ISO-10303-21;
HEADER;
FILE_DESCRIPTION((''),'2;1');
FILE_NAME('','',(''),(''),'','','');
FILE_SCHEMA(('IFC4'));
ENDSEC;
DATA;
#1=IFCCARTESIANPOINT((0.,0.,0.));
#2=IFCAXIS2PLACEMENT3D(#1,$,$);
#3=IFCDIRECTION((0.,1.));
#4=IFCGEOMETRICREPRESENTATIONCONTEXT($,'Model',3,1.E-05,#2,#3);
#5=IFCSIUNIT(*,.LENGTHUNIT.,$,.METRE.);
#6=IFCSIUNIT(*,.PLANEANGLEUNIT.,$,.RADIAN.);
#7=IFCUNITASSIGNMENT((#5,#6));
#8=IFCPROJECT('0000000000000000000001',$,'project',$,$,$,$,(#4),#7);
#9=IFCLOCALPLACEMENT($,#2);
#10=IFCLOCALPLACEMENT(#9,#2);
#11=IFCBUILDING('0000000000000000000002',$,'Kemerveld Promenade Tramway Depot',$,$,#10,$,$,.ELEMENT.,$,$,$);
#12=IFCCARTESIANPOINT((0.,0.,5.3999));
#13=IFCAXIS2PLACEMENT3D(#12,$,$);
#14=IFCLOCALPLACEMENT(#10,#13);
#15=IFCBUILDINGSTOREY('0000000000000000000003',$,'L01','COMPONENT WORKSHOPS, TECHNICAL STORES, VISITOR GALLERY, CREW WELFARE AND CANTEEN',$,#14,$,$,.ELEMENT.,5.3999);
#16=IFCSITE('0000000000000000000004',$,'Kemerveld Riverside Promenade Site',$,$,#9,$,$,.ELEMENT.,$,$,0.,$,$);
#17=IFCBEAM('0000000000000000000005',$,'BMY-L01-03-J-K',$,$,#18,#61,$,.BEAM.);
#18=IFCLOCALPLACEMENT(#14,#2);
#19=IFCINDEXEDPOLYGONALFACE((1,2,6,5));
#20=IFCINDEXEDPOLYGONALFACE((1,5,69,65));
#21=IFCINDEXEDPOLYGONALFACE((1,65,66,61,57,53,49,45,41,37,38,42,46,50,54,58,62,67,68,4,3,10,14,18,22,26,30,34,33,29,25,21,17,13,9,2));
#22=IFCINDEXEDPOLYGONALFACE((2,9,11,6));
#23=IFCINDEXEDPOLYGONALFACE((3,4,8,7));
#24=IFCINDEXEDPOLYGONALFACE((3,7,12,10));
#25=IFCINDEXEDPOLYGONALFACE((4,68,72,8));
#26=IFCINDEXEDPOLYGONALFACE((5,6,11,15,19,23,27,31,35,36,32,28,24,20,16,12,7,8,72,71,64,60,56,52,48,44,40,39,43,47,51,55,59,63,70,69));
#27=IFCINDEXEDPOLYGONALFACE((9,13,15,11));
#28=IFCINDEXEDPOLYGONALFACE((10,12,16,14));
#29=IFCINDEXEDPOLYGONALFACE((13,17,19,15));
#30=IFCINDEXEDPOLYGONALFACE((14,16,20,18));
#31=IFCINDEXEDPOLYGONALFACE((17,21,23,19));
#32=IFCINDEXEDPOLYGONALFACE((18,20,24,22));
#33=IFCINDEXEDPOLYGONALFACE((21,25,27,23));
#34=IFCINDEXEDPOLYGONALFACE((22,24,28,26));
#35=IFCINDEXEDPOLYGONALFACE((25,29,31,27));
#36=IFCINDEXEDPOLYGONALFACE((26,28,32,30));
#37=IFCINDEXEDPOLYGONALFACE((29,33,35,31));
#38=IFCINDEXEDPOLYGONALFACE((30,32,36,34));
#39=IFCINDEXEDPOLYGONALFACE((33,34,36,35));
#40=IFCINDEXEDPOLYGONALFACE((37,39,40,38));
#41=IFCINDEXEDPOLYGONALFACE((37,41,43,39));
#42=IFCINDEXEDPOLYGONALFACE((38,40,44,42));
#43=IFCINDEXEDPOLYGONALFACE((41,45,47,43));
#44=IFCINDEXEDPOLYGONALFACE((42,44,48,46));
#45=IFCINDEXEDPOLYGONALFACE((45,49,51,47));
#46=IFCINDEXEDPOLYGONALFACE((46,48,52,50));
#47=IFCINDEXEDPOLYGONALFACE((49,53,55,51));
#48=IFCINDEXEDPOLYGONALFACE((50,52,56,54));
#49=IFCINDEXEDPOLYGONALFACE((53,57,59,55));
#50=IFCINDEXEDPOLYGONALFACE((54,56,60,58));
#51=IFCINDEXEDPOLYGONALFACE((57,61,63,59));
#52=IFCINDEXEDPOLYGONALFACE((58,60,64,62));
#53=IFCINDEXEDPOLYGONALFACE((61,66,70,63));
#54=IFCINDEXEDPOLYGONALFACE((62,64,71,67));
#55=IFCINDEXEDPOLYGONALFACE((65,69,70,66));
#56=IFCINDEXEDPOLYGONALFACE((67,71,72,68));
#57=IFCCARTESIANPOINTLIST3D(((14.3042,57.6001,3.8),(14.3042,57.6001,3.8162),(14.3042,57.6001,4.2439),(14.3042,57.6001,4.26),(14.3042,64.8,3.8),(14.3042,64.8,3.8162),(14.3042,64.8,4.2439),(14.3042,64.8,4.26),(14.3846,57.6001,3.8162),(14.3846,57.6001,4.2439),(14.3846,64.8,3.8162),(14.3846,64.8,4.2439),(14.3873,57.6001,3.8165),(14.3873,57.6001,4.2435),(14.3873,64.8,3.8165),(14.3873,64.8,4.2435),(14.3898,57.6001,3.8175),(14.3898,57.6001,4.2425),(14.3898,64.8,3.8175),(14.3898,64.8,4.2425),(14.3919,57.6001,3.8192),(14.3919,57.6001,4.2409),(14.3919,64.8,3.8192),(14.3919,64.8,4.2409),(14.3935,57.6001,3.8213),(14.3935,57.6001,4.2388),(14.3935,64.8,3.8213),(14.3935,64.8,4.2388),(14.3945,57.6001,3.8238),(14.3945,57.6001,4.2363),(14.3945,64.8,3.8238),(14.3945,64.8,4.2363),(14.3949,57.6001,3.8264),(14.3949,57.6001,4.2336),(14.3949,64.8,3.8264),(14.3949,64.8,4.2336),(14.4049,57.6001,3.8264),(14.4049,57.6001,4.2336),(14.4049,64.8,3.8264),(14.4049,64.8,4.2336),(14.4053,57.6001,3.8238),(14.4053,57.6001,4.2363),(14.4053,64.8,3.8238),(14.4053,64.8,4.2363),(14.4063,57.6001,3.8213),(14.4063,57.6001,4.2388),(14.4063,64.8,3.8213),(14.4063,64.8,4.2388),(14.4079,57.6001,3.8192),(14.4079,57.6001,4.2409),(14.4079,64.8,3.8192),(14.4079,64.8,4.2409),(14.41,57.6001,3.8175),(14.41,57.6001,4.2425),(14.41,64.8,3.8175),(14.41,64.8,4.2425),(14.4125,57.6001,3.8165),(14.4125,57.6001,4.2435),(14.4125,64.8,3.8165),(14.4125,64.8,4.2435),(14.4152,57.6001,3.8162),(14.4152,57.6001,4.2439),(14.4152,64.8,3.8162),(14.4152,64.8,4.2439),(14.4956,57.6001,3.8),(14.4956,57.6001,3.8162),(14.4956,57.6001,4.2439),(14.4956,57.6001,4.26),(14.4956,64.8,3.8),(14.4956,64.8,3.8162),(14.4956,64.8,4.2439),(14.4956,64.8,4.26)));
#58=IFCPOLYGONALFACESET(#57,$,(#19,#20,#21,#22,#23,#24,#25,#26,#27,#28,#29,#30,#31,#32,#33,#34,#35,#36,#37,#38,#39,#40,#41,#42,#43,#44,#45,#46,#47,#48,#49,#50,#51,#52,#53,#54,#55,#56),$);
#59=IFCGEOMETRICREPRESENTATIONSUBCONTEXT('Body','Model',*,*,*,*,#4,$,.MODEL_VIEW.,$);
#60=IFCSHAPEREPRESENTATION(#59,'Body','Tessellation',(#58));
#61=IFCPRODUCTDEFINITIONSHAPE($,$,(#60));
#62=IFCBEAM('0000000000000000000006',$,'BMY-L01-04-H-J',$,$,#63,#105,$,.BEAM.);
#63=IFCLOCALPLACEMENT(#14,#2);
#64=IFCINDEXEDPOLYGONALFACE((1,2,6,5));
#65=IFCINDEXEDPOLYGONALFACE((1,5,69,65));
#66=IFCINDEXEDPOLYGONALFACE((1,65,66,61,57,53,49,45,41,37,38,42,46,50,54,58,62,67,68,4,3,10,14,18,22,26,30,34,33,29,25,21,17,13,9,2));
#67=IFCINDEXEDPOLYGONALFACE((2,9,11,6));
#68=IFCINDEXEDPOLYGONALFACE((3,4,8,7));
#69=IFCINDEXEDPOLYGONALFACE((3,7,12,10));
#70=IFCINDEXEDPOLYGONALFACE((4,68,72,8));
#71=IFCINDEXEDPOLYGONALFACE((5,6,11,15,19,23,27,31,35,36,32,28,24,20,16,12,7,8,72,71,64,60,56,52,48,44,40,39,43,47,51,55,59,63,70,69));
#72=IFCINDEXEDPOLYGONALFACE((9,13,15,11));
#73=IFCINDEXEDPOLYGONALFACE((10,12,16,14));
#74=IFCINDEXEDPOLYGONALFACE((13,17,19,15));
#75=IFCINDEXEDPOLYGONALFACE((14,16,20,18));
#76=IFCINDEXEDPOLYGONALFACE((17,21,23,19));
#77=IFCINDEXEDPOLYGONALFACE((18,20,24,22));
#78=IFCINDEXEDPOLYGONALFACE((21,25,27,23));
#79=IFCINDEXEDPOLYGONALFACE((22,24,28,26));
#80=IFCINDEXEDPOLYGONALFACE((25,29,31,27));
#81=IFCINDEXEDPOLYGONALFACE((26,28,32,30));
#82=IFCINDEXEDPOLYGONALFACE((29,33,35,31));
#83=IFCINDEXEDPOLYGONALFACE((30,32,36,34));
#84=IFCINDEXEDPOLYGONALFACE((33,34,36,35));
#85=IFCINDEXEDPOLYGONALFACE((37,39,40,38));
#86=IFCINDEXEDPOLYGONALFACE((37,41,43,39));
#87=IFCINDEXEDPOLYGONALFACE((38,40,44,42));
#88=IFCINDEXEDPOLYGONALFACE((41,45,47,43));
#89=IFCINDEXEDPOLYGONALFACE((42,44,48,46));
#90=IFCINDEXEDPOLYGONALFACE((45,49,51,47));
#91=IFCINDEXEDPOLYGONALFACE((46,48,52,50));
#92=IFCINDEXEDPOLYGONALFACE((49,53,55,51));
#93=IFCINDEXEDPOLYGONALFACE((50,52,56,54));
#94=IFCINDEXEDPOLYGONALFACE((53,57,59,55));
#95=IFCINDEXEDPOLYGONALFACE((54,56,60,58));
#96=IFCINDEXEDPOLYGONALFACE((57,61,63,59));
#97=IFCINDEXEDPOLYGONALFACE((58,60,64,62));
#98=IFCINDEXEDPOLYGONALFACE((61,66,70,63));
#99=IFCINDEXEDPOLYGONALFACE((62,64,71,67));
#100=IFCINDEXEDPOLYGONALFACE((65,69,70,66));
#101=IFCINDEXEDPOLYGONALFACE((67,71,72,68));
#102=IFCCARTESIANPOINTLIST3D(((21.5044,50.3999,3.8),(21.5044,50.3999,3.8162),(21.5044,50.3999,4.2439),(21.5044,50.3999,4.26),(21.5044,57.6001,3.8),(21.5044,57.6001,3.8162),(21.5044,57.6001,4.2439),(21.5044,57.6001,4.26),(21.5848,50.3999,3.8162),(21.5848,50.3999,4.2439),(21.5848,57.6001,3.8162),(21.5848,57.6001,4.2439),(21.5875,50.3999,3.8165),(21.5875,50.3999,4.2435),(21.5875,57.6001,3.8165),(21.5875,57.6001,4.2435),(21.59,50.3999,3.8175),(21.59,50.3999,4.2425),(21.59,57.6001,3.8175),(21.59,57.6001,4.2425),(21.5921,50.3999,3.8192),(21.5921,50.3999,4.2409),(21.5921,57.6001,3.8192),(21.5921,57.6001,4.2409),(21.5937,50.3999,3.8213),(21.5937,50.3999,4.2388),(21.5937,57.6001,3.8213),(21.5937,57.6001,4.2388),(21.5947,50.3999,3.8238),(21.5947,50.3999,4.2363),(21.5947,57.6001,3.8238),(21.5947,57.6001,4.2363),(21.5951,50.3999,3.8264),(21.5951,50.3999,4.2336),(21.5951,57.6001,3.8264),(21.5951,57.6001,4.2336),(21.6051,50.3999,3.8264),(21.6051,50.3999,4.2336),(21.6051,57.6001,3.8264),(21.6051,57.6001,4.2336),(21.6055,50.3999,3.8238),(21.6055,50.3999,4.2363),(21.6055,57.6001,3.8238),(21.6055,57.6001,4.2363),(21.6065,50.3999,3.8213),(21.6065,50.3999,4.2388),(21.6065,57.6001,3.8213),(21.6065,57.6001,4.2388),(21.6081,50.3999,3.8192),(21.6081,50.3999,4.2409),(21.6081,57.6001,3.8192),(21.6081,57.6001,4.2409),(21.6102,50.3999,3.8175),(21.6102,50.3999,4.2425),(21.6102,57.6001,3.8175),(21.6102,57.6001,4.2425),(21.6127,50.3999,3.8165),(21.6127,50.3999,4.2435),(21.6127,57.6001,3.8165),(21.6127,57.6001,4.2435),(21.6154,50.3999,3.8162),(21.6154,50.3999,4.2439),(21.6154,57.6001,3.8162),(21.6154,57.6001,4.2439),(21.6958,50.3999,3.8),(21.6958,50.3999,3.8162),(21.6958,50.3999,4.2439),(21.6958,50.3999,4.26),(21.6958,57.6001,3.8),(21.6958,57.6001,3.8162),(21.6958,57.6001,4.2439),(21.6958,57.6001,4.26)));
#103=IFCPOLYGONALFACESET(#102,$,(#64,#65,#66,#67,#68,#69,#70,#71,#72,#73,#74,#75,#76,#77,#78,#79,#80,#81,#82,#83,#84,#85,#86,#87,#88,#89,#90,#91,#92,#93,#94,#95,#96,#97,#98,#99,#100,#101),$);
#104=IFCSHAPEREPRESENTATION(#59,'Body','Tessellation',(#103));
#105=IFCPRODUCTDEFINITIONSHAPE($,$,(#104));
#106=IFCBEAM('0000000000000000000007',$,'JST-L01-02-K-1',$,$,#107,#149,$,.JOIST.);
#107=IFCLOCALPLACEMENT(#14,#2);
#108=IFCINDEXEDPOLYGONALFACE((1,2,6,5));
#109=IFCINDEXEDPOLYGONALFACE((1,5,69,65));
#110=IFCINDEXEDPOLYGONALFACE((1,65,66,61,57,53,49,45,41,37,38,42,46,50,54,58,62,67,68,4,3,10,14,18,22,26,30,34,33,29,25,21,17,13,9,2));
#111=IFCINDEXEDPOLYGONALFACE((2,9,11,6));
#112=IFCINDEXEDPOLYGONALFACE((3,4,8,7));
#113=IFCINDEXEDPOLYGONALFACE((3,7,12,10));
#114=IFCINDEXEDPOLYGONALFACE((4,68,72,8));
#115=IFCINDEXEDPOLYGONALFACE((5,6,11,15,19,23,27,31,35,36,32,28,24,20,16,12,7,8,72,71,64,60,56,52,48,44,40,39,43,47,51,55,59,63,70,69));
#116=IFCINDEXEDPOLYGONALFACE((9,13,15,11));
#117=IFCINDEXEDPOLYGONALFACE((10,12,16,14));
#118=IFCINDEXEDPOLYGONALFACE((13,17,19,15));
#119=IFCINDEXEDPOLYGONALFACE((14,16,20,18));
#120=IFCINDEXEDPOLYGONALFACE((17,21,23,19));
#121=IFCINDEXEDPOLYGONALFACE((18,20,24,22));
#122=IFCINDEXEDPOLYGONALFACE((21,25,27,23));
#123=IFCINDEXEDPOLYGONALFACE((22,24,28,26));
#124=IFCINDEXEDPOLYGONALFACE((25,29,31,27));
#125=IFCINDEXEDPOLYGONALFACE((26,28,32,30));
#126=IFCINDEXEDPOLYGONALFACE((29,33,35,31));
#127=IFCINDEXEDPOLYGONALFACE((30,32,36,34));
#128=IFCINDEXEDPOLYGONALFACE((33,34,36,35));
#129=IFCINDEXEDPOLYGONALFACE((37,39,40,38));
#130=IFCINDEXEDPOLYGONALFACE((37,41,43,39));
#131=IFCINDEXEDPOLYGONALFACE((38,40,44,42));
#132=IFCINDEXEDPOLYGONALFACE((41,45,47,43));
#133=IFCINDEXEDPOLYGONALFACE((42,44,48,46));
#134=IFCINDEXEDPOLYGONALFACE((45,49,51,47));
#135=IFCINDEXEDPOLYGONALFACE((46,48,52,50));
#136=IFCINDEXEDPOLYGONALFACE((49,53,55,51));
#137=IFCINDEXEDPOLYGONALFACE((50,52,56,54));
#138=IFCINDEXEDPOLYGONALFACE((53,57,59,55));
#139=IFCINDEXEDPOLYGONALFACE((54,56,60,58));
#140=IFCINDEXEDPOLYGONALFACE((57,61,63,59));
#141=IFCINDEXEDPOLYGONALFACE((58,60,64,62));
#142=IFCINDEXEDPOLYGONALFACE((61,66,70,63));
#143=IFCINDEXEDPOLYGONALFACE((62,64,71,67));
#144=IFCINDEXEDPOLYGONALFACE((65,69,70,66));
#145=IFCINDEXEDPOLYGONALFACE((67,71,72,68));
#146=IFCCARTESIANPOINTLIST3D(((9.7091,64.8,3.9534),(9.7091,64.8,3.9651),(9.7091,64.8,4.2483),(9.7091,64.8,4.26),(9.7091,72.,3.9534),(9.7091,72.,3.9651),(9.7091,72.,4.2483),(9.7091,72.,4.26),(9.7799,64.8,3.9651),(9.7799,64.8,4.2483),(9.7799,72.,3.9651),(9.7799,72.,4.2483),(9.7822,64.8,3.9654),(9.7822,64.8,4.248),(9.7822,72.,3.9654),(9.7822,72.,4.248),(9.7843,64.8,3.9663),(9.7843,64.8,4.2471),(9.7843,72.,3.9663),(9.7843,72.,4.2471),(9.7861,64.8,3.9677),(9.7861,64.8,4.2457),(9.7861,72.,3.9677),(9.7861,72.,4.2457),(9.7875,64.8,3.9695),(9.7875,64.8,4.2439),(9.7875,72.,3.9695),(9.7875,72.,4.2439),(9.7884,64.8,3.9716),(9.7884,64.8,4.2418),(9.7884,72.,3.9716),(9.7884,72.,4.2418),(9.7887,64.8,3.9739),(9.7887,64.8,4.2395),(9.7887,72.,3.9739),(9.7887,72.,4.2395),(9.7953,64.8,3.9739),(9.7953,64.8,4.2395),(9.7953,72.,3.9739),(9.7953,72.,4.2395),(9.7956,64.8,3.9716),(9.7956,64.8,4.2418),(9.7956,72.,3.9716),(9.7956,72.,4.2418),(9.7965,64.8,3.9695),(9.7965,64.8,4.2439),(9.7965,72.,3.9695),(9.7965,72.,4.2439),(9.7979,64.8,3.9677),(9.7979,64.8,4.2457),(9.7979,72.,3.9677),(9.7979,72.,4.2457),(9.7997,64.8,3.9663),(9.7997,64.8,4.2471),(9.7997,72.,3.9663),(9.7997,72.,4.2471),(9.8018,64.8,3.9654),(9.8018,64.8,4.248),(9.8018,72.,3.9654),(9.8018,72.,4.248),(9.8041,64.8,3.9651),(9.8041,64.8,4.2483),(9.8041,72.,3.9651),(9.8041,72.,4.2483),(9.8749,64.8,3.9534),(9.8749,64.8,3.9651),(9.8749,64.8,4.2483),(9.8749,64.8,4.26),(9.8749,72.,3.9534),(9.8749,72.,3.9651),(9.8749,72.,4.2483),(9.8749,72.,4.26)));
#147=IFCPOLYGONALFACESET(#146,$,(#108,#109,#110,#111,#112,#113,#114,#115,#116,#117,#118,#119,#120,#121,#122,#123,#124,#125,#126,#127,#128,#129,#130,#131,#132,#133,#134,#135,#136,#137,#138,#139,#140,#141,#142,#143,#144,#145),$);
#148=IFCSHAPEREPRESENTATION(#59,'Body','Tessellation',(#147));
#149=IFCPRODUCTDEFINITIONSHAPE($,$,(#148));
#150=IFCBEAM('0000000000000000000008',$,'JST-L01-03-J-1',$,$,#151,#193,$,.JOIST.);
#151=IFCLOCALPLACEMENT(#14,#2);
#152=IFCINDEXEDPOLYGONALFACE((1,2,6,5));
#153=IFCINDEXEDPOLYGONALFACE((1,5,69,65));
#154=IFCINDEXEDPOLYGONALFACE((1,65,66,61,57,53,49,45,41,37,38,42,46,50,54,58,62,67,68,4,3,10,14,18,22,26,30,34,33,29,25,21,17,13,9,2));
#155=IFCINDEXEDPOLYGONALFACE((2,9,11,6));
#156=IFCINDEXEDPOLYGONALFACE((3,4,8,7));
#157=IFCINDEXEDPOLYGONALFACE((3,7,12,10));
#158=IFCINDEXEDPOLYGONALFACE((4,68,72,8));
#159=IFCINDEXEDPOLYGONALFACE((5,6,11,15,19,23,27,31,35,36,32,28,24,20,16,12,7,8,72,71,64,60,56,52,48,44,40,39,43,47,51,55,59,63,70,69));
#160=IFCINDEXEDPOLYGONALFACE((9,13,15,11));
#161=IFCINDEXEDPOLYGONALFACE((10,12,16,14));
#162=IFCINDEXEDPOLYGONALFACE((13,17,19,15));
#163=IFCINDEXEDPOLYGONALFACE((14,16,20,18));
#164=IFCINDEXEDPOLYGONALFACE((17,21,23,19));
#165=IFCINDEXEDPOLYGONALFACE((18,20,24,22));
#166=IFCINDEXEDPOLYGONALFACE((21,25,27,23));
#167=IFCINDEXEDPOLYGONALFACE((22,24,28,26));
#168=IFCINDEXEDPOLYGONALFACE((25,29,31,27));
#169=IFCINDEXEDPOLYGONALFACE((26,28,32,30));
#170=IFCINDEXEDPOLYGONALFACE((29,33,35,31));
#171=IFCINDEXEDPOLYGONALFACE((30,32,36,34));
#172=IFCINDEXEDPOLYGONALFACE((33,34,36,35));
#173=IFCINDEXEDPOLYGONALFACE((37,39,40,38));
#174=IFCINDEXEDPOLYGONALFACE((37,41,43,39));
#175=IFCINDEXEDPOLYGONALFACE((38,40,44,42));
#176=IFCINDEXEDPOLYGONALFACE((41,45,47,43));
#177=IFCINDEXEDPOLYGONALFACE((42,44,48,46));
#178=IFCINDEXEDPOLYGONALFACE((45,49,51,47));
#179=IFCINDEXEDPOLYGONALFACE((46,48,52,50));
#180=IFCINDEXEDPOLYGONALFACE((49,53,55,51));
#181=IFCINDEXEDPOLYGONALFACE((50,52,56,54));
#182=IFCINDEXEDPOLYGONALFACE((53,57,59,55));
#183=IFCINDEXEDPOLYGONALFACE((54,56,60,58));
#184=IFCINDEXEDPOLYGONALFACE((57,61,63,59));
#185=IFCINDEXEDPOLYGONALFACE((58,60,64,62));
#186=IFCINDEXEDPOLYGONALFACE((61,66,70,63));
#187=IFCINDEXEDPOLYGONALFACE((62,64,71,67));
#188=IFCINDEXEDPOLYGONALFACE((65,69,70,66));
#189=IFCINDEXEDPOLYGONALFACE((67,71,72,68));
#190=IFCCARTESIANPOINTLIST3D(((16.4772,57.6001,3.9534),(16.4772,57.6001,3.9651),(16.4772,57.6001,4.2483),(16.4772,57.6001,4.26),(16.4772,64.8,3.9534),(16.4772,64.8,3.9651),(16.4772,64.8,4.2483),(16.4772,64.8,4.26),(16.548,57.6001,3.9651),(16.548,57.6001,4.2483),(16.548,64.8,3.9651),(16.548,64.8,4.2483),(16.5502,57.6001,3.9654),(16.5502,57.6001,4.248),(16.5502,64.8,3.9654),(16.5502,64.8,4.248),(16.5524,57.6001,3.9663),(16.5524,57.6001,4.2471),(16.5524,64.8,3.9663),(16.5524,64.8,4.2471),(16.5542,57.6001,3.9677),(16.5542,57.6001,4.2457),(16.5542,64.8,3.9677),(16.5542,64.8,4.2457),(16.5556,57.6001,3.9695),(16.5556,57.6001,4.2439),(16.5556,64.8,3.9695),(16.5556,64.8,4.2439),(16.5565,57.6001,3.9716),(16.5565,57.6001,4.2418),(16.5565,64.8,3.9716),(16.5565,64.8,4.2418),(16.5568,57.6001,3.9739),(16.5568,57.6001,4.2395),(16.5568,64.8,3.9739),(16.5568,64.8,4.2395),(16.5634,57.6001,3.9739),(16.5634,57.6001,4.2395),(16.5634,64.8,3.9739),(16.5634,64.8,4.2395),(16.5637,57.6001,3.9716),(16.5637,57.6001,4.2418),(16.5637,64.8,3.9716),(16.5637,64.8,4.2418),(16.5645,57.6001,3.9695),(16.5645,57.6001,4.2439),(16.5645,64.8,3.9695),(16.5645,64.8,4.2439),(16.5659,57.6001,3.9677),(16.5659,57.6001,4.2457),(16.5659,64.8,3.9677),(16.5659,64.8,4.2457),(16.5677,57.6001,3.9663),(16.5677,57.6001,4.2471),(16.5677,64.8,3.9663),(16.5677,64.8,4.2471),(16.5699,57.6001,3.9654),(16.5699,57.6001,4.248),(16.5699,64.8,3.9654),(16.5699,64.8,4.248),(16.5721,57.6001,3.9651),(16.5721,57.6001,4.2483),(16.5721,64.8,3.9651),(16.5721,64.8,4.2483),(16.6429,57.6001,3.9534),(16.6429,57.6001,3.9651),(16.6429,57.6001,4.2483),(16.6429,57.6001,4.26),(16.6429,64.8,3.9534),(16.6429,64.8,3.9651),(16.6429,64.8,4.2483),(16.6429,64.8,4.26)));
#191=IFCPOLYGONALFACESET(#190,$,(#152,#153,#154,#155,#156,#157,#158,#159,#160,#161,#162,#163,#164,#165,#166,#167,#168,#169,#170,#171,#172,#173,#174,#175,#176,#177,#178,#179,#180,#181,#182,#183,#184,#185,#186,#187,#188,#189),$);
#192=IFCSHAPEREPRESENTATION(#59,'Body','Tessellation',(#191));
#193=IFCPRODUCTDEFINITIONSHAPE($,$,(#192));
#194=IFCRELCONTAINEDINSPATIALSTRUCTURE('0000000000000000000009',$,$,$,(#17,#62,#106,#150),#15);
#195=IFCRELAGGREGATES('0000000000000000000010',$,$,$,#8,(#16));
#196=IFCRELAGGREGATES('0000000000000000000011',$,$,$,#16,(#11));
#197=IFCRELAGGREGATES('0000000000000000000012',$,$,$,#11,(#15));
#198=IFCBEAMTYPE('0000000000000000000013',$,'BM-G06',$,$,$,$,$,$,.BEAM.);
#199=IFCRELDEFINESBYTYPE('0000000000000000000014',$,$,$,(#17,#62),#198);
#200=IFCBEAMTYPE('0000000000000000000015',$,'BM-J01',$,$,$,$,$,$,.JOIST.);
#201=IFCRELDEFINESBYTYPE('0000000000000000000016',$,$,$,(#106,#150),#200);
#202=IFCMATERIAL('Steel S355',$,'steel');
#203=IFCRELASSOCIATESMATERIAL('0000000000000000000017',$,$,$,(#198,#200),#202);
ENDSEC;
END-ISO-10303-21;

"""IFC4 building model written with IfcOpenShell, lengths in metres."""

from ifc_helpers import new_model, si_unit, direction, frame, origin, origin_2d, place, context, subcontext, project, spatial, i_section, extrude, material, material_profile, profile_set, type_object, element, save


model = new_model("IFC4")

# Units and contexts
model_context = context("Model", 3, precision=1e-05, world=origin(), true_north=direction((0.0, 1.0)))
body_context = subcontext(model_context, "Body", "Model", "MODEL_VIEW")
ifc_project = project(units=[si_unit("LENGTHUNIT", "METRE"), si_unit("PLANEANGLEUNIT", "RADIAN")], contexts=[model_context])

# Site, building, storey
site_placement = place(None, origin())
site = spatial("IfcSite", under=ifc_project, at=site_placement, Name="Kemerveld Riverside Promenade Site", CompositionType="ELEMENT", RefElevation=0.0)
building_placement = place(site_placement, origin())
building = spatial("IfcBuilding", under=site, at=building_placement, Name="Kemerveld Promenade Tramway Depot", CompositionType="ELEMENT")
storey_placement = place(building_placement, frame((0.0, 0.0, 5.3999)))
storey = spatial("IfcBuildingStorey", under=building, at=storey_placement, Name="L01", Description="COMPONENT WORKSHOPS, TECHNICAL STORES, VISITOR GALLERY, CREW WELFARE AND CANTEEN", CompositionType="ELEMENT", Elevation=5.3999)

# Shared definitions
ifc_material_1 = material(Name="Steel S355", Category="steel")

# Beams
ifc_material_profile_1 = material_profile(ifc_material_1, i_section(OverallWidth=0.1914, OverallDepth=0.46, WebThickness=0.01, FlangeThickness=0.0161, FilletRadius=0.0103, at=origin_2d()), Name="457x191x82 UB")
ifc_profile_set_1 = profile_set([ifc_material_profile_1], Name="Steel S355")
beam_type_1 = type_object("IfcBeamType", Name="BM-G06", PredefinedType="BEAM", material=ifc_profile_set_1)
beam_1_placement = place(storey_placement, frame((14.3999, 57.6001, 4.03), z_axis=(0.0, 1.0, 0.0), x_axis=(-1.0, 0.0, 0.0)))
element("IfcBeam", 1, at=beam_1_placement, inside=storey, type_object=beam_type_1, Name="BMY-L01-03-J-K", PredefinedType="BEAM", context=body_context, shape_type="SweptSolid", body=[
    extrude(i_section(OverallWidth=0.1914, OverallDepth=0.46, WebThickness=0.01, FlangeThickness=0.0161, FilletRadius=0.0103, at=origin_2d()), origin(), (0.0, 0.0, 1.0), 7.2),
])
beam_2_placement = place(storey_placement, frame((21.6001, 50.3999, 4.03), z_axis=(0.0, 1.0, 0.0), x_axis=(-1.0, 0.0, 0.0)))
element("IfcBeam", 2, at=beam_2_placement, inside=storey, type_object=beam_type_1, Name="BMY-L01-04-H-J", PredefinedType="BEAM", context=body_context, shape_type="SweptSolid", body=[
    extrude(i_section(OverallWidth=0.1914, OverallDepth=0.46, WebThickness=0.01, FlangeThickness=0.0161, FilletRadius=0.0103, at=origin_2d()), origin(), (0.0, 0.0, 1.0), 7.2002),
])
ifc_material_profile_2 = material_profile(ifc_material_1, i_section(OverallWidth=0.1658, OverallDepth=0.3066, WebThickness=0.0066, FlangeThickness=0.0117, FilletRadius=0.0088, at=origin_2d()), Name="305x165x46 UB")
ifc_profile_set_2 = profile_set([ifc_material_profile_2], Name="Steel S355")
beam_type_2 = type_object("IfcBeamType", Name="BM-J01", PredefinedType="JOIST", material=ifc_profile_set_2)
for number, where, z_axis, x_axis, name in (
    (3, (9.792, 64.8, 4.1067), (0.0, 1.0, 0.0), (-1.0, 0.0, 0.0), "JST-L01-02-K-1"),
    (4, (16.5601, 57.6001, 4.1067), (0.0, 1.0, 0.0), (-1.0, 0.0, 0.0), "JST-L01-03-J-1"),
):
    element("IfcBeam", number, at=place(storey_placement, frame(where, z_axis=z_axis, x_axis=x_axis)), inside=storey, type_object=beam_type_2, Name=name, PredefinedType="JOIST", context=body_context, shape_type="SweptSolid", body=[
        extrude(i_section(OverallWidth=0.1658, OverallDepth=0.3066, WebThickness=0.0066, FlangeThickness=0.0117, FilletRadius=0.0088, at=origin_2d()), origin(), (0.0, 0.0, 1.0), 7.2),
    ])

save(model, "model.ifc")
